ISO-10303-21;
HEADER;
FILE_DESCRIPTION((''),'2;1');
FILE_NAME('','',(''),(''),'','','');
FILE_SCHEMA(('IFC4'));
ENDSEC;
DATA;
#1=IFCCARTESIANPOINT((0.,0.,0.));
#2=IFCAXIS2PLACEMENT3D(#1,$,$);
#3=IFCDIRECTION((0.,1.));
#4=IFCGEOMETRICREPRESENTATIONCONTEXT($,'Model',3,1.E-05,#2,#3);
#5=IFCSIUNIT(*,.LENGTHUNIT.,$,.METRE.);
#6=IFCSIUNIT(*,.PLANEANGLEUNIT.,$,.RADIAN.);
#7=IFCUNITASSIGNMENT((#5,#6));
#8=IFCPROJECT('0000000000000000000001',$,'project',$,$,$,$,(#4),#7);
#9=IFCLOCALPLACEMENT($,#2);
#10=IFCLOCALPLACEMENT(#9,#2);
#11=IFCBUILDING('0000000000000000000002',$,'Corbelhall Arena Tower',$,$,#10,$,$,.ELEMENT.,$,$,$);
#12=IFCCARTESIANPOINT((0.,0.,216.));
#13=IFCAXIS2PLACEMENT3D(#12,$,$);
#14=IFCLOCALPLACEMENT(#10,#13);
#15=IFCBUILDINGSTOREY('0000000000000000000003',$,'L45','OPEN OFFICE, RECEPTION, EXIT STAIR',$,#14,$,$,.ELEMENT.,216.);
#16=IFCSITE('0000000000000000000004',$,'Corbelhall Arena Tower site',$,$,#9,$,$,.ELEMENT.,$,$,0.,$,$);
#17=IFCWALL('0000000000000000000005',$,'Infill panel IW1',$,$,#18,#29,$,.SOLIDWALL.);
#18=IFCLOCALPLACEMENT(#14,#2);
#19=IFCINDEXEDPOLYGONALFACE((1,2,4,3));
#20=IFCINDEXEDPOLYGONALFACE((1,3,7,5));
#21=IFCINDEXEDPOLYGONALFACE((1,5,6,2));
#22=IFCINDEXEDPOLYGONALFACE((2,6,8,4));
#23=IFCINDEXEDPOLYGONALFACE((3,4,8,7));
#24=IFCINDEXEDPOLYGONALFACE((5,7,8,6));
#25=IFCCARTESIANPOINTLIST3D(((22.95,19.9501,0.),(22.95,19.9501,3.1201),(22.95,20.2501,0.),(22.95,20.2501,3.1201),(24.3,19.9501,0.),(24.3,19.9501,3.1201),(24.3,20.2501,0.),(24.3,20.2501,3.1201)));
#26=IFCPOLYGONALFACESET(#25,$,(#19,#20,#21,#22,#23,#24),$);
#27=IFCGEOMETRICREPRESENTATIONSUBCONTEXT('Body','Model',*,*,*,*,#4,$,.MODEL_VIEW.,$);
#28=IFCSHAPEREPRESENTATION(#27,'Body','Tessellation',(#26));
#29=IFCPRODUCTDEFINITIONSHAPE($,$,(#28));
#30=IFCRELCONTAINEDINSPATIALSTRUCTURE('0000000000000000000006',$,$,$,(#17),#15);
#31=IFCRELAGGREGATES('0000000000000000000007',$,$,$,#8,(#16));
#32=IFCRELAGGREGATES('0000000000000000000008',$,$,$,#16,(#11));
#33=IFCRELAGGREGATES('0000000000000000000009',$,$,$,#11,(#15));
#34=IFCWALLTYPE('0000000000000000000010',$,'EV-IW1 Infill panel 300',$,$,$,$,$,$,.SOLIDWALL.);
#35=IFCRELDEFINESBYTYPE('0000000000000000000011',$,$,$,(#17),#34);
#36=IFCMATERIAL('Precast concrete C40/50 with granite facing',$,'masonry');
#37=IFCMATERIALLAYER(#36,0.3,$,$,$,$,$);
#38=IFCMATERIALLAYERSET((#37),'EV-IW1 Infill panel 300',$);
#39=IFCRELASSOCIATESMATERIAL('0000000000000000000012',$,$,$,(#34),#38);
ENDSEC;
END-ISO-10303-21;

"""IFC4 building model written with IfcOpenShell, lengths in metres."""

from ifc_helpers import new_model, si_unit, direction, frame, frame_2d, origin, place, context, subcontext, project, spatial, rectangle, extrude, material, layer, layer_set, type_object, element, save


model = new_model("IFC4")

# Units and contexts
model_context = context("Model", 3, precision=1e-05, world=origin(), true_north=direction((0.0, 1.0)))
body_context = subcontext(model_context, "Body", "Model", "MODEL_VIEW")
ifc_project = project(units=[si_unit("LENGTHUNIT", "METRE"), si_unit("PLANEANGLEUNIT", "RADIAN")], contexts=[model_context])

# Site, building, storey
site_placement = place(None, origin())
site = spatial("IfcSite", under=ifc_project, at=site_placement, Name="Corbelhall Arena Tower site", CompositionType="ELEMENT", RefElevation=0.0)
building_placement = place(site_placement, origin())
building = spatial("IfcBuilding", under=site, at=building_placement, Name="Corbelhall Arena Tower", CompositionType="ELEMENT")
storey_placement = place(building_placement, frame((0.0, 0.0, 216.0)))
storey = spatial("IfcBuildingStorey", under=building, at=storey_placement, Name="L45", Description="OPEN OFFICE, RECEPTION, EXIT STAIR", CompositionType="ELEMENT", Elevation=216.0)

# Wall
ifc_material_1 = material(Name="Precast concrete C40/50 with granite facing", Category="masonry")
ifc_layer = layer(ifc_material_1, 0.3)
ifc_layer_set = layer_set([ifc_layer], Name="EV-IW1 Infill panel 300")
wall_type = type_object("IfcWallType", Name="EV-IW1 Infill panel 300", PredefinedType="SOLIDWALL", material=ifc_layer_set)
wall_1_placement = place(storey_placement, frame((24.3, 20.1001, 0.0), z_axis=(0.0, 0.0, 1.0), x_axis=(-1.0, 0.0, 0.0)))
element("IfcWall", 1, at=wall_1_placement, inside=storey, type_object=wall_type, Name="Infill panel IW1", PredefinedType="SOLIDWALL", context=body_context, shape_type="SweptSolid", body=[
    extrude(rectangle(XDim=1.3501, YDim=0.3, at=frame_2d((0.675, 0.0))), origin(), (0.0, 0.0, 1.0), 3.1201),
])

save(model, "model.ifc")
